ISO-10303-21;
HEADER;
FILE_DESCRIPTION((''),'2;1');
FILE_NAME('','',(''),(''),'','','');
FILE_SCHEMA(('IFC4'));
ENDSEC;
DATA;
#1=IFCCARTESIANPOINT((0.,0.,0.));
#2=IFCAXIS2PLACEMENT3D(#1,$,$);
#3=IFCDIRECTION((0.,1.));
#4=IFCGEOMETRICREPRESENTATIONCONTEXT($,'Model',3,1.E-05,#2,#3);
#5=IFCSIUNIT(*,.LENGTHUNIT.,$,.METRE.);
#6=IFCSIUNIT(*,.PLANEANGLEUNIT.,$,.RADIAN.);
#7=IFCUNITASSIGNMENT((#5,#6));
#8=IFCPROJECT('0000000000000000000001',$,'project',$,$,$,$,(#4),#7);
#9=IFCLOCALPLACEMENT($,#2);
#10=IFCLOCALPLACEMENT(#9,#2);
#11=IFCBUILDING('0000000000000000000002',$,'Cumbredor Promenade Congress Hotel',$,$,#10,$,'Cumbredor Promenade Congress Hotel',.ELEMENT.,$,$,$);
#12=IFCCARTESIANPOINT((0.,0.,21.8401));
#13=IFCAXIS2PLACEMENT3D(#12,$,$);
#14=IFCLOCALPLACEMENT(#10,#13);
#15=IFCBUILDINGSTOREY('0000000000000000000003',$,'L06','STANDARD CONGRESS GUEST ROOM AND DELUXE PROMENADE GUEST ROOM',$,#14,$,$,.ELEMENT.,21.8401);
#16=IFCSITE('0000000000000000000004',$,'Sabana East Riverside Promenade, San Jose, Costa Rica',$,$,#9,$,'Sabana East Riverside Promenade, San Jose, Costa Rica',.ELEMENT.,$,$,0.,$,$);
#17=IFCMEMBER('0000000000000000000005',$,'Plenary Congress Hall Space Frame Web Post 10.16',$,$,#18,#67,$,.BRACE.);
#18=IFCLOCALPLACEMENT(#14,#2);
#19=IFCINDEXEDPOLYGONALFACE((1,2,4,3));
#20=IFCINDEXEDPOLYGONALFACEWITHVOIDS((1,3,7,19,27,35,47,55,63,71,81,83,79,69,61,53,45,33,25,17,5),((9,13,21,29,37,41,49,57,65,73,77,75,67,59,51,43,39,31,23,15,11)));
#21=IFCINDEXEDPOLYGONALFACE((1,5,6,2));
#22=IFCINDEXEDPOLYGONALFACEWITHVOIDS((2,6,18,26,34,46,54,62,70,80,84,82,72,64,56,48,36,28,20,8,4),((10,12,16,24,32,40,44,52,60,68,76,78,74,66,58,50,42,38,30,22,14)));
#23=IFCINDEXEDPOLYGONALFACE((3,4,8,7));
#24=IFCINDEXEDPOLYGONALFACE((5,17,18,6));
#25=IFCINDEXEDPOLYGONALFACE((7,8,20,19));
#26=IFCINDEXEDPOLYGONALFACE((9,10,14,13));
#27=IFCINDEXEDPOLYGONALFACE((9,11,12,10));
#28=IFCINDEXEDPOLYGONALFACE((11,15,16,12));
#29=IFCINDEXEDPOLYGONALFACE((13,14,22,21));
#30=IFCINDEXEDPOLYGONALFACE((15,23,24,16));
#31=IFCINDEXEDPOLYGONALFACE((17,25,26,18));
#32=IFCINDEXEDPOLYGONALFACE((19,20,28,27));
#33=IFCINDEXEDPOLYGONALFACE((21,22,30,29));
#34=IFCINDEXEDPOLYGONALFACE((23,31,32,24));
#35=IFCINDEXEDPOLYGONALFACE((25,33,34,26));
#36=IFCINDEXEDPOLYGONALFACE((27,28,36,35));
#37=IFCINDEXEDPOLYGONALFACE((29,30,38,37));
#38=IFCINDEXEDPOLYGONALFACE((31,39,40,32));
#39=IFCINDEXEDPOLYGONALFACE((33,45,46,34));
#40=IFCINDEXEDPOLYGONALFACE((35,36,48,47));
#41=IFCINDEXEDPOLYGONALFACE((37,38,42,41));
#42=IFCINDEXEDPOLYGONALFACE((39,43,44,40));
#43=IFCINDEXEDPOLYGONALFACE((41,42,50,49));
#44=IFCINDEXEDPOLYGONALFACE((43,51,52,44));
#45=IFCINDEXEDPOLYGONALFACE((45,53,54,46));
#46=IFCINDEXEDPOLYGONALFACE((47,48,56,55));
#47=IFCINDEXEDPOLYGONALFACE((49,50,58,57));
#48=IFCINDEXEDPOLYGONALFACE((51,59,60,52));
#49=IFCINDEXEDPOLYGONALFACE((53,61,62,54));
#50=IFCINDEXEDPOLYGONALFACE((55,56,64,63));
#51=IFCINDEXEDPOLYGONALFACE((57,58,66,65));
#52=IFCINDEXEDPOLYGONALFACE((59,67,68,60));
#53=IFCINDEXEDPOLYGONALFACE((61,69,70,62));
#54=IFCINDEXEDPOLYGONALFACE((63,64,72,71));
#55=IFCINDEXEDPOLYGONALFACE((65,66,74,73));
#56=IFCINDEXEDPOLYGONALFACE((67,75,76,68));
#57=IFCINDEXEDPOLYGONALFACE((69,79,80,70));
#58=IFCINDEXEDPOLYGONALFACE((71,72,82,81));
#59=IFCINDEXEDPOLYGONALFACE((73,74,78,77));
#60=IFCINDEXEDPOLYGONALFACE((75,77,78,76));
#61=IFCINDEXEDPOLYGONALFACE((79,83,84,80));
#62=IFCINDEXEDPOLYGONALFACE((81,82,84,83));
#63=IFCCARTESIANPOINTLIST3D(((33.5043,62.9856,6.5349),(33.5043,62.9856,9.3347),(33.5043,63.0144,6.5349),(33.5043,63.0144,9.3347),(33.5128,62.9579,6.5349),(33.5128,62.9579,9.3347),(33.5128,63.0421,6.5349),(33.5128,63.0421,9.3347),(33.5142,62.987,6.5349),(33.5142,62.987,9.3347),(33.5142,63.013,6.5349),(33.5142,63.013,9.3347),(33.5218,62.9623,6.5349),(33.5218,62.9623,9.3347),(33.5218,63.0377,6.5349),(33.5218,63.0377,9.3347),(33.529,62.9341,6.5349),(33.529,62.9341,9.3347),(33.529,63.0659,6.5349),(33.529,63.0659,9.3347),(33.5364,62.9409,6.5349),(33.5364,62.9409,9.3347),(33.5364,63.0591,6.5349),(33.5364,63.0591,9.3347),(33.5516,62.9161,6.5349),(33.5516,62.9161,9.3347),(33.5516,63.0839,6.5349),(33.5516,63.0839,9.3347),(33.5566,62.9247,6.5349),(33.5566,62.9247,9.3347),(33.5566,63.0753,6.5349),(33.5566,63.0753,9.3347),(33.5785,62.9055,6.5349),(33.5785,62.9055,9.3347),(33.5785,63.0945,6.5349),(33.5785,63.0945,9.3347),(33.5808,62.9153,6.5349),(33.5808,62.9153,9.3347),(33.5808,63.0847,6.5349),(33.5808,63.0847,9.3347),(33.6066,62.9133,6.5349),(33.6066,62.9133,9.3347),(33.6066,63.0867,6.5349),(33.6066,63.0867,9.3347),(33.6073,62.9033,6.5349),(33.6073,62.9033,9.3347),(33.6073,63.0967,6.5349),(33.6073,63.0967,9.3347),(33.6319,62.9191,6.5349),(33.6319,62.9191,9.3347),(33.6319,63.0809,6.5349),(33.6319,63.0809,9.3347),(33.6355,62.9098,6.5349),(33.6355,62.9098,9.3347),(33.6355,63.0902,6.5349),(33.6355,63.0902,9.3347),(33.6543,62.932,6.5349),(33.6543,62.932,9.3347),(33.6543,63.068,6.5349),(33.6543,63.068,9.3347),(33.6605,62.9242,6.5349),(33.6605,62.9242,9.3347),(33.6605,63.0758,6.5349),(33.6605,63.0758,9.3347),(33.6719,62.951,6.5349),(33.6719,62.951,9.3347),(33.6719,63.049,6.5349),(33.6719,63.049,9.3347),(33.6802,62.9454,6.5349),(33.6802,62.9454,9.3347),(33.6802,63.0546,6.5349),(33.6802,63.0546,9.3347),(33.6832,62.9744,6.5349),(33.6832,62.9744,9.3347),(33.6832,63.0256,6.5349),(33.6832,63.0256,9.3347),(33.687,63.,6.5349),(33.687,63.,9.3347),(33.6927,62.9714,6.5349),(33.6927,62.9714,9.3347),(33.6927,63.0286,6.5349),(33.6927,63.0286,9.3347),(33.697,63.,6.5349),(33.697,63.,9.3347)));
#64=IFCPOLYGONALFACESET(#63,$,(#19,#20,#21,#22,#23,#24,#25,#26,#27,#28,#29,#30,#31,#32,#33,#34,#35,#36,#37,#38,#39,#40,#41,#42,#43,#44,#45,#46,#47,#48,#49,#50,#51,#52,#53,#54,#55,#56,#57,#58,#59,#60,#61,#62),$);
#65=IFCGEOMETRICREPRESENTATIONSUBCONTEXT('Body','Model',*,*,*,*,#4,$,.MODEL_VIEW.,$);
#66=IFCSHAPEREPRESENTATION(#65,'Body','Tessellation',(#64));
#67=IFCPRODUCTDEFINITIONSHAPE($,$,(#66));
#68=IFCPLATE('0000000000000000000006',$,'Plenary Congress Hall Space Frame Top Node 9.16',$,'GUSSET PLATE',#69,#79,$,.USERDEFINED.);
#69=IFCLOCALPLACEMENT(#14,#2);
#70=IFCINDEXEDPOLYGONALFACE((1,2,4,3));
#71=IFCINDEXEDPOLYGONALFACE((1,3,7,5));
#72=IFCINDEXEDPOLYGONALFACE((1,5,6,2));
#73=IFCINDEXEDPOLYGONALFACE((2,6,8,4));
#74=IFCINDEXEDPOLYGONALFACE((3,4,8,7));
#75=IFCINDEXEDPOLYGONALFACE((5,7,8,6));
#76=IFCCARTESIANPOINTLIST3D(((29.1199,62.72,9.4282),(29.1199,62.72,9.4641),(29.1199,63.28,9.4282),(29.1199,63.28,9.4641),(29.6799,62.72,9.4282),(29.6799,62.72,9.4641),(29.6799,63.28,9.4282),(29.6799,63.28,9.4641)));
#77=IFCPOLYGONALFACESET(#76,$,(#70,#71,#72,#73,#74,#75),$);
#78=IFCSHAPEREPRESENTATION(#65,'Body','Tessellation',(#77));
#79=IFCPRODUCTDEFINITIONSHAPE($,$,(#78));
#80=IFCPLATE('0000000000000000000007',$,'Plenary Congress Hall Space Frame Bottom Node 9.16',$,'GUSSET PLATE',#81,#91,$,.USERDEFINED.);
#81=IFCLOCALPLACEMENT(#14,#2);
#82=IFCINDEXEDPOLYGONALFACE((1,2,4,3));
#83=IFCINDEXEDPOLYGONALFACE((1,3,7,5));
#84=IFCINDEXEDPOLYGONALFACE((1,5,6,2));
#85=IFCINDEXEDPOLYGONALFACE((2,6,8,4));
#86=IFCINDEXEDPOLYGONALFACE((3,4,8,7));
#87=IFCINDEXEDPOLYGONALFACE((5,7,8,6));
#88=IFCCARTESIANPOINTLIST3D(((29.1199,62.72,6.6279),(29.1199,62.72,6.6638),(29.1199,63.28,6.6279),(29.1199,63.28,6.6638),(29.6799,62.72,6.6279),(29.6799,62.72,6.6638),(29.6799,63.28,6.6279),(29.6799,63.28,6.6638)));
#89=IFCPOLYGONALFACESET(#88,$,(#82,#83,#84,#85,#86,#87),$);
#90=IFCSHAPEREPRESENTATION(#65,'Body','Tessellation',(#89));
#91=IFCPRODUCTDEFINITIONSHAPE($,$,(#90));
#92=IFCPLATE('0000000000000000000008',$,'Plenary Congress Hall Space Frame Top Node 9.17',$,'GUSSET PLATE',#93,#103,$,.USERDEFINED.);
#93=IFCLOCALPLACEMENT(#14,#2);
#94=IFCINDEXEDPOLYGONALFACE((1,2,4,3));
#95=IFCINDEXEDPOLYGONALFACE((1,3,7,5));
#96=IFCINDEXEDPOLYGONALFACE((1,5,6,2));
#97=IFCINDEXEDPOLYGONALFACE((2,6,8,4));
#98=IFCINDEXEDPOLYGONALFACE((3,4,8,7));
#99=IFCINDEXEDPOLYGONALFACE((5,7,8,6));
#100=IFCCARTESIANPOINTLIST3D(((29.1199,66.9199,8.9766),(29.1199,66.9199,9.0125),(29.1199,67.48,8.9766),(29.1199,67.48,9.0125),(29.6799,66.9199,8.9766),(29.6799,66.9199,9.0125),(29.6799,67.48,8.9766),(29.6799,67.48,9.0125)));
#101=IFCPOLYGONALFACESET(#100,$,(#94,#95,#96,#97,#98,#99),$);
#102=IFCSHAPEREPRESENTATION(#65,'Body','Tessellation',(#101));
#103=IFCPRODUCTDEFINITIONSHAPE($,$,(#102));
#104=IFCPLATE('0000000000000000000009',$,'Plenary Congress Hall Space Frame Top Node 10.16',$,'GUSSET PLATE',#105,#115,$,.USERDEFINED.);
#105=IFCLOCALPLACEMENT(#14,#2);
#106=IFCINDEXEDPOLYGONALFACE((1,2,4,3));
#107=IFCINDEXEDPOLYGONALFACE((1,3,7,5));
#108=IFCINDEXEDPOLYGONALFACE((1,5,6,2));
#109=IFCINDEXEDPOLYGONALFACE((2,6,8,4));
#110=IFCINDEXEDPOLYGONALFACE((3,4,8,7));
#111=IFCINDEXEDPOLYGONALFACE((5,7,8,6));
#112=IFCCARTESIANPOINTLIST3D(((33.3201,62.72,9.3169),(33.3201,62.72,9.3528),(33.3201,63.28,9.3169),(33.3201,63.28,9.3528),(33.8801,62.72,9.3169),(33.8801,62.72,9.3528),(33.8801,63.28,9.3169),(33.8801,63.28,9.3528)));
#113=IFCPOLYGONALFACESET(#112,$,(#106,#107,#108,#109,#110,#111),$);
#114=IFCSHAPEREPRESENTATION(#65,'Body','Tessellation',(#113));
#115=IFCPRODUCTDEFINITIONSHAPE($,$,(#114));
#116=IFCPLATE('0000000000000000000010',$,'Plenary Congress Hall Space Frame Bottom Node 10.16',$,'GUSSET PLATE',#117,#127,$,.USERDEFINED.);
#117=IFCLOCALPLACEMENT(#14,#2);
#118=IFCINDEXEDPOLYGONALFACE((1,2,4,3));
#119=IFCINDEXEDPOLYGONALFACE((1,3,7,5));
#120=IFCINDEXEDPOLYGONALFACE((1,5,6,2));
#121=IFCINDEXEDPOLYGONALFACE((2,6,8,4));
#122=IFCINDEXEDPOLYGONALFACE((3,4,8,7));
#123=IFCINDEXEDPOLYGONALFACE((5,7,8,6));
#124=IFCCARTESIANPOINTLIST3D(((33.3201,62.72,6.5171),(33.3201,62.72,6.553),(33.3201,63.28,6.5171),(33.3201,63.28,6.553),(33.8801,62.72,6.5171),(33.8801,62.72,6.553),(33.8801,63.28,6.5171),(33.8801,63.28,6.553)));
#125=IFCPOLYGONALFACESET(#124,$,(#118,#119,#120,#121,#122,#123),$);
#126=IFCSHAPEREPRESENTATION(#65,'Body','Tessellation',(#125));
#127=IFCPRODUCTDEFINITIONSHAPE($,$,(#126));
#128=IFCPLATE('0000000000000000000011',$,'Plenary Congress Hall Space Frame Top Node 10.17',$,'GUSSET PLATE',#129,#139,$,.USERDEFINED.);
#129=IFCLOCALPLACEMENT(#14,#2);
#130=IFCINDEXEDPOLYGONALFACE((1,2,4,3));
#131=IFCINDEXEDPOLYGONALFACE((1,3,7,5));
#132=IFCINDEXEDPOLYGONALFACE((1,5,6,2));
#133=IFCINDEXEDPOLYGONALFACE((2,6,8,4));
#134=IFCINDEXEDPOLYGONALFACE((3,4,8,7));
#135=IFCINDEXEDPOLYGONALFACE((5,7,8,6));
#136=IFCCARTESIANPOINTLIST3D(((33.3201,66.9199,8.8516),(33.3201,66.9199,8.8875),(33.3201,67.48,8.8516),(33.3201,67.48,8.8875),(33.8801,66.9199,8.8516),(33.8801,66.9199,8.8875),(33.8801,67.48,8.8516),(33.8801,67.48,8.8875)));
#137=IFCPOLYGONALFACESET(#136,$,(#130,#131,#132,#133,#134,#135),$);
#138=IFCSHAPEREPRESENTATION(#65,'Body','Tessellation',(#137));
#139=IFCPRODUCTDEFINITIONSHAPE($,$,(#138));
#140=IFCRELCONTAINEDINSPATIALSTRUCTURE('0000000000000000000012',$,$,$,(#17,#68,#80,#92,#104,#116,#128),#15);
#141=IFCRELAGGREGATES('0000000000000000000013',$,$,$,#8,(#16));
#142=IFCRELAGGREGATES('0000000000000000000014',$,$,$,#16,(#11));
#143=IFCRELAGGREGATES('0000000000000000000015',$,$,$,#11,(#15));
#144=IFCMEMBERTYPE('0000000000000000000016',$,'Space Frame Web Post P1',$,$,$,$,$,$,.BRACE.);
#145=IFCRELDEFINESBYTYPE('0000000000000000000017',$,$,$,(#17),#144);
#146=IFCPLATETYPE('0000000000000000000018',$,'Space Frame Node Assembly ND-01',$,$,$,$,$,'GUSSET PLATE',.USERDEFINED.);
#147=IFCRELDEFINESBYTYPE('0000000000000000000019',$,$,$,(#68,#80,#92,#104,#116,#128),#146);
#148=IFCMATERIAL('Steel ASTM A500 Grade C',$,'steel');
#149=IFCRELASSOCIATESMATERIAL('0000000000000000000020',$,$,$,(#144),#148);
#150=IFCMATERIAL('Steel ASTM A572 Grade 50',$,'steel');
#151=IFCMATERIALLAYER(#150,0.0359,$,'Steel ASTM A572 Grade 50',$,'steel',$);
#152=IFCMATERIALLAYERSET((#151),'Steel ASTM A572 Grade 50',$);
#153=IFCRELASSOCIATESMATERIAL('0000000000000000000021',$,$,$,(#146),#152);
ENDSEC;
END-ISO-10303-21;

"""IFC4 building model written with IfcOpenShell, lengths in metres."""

from ifc_helpers import new_model, si_unit, direction, frame, origin, origin_2d, place, context, subcontext, project, spatial, rectangle, hollow_circle, extrude, material, layer, layer_set, material_profile, profile_set, type_object, element, save


model = new_model("IFC4")

# Units and contexts
model_context = context("Model", 3, precision=1e-05, world=origin(), true_north=direction((0.0, 1.0)))
body_context = subcontext(model_context, "Body", "Model", "MODEL_VIEW")
ifc_project = project(units=[si_unit("LENGTHUNIT", "METRE"), si_unit("PLANEANGLEUNIT", "RADIAN")], contexts=[model_context])

# Site, building, storey
site_placement = place(None, origin())
site = spatial("IfcSite", under=ifc_project, at=site_placement, Name="Sabana East Riverside Promenade, San Jose, Costa Rica", LongName="Sabana East Riverside Promenade, San Jose, Costa Rica", CompositionType="ELEMENT", RefElevation=0.0)
building_placement = place(site_placement, origin())
building = spatial("IfcBuilding", under=site, at=building_placement, Name="Cumbredor Promenade Congress Hotel", LongName="Cumbredor Promenade Congress Hotel", CompositionType="ELEMENT")
storey_placement = place(building_placement, frame((0.0, 0.0, 21.8401)))
storey = spatial("IfcBuildingStorey", under=building, at=storey_placement, Name="L06", Description="STANDARD CONGRESS GUEST ROOM AND DELUXE PROMENADE GUEST ROOM", CompositionType="ELEMENT", Elevation=21.8401)

# Member
ifc_material_1 = material(Name="Steel ASTM A500 Grade C", Category="steel")
ifc_material_profile_1 = material_profile(ifc_material_1, hollow_circle(Radius=0.0969, WallThickness=0.01, at=origin_2d()), Name="CHS 193.7x10")
ifc_profile_set_1 = profile_set([ifc_material_profile_1], Name="Steel ASTM A500 Grade C")
member_type_1 = type_object("IfcMemberType", Name="Space Frame Web Post P1", PredefinedType="BRACE", material=ifc_profile_set_1)
member_1_placement = place(storey_placement, frame((33.6001, 63.0, 6.5349), z_axis=(0.0, 0.0, 1.0), x_axis=(1.0, 0.0, 0.0)))
element("IfcMember", 1, at=member_1_placement, inside=storey, type_object=member_type_1, Name="Plenary Congress Hall Space Frame Web Post 10.16", PredefinedType="BRACE", context=body_context, shape_type="SweptSolid", body=[
    extrude(hollow_circle(Radius=0.0969, WallThickness=0.01, at=origin_2d()), origin(), (0.0, 0.0, 1.0), 2.7998),
])

# Plates
ifc_material_2 = material(Name="Steel ASTM A572 Grade 50", Category="steel")
ifc_layer = layer(ifc_material_2, 0.0359, Name="Steel ASTM A572 Grade 50", Category="steel")
ifc_layer_set = layer_set([ifc_layer], Name="Steel ASTM A572 Grade 50")
plate_type = type_object("IfcPlateType", Name="Space Frame Node Assembly ND-01", ElementType="GUSSET PLATE", PredefinedType="USERDEFINED", material=ifc_layer_set)
for number, where, z_axis, x_axis, name in (
    (2, (29.3999, 63.0, 9.4282), (0.0, 0.0, 1.0), (1.0, 0.0, 0.0), "Plenary Congress Hall Space Frame Top Node 9.16"),
    (3, (29.3999, 63.0, 6.6279), (0.0, 0.0, 1.0), (1.0, 0.0, 0.0), "Plenary Congress Hall Space Frame Bottom Node 9.16"),
    (4, (29.3999, 67.2, 8.9766), (0.0, 0.0, 1.0), (1.0, 0.0, 0.0), "Plenary Congress Hall Space Frame Top Node 9.17"),
    (5, (33.6001, 63.0, 9.3169), (0.0, 0.0, 1.0), (1.0, 0.0, 0.0), "Plenary Congress Hall Space Frame Top Node 10.16"),
    (6, (33.6001, 63.0, 6.5171), (0.0, 0.0, 1.0), (1.0, 0.0, 0.0), "Plenary Congress Hall Space Frame Bottom Node 10.16"),
    (7, (33.6001, 67.2, 8.8516), (0.0, 0.0, 1.0), (1.0, 0.0, 0.0), "Plenary Congress Hall Space Frame Top Node 10.17"),
):
    element("IfcPlate", number, at=place(storey_placement, frame(where, z_axis=z_axis, x_axis=x_axis)), inside=storey, type_object=plate_type, Name=name, ObjectType="GUSSET PLATE", PredefinedType="USERDEFINED", context=body_context, shape_type="SweptSolid", body=[
        extrude(rectangle(XDim=0.5601, YDim=0.5601, at=origin_2d()), origin(), (0.0, 0.0, 1.0), 0.0359),
    ])

save(model, "model.ifc")
